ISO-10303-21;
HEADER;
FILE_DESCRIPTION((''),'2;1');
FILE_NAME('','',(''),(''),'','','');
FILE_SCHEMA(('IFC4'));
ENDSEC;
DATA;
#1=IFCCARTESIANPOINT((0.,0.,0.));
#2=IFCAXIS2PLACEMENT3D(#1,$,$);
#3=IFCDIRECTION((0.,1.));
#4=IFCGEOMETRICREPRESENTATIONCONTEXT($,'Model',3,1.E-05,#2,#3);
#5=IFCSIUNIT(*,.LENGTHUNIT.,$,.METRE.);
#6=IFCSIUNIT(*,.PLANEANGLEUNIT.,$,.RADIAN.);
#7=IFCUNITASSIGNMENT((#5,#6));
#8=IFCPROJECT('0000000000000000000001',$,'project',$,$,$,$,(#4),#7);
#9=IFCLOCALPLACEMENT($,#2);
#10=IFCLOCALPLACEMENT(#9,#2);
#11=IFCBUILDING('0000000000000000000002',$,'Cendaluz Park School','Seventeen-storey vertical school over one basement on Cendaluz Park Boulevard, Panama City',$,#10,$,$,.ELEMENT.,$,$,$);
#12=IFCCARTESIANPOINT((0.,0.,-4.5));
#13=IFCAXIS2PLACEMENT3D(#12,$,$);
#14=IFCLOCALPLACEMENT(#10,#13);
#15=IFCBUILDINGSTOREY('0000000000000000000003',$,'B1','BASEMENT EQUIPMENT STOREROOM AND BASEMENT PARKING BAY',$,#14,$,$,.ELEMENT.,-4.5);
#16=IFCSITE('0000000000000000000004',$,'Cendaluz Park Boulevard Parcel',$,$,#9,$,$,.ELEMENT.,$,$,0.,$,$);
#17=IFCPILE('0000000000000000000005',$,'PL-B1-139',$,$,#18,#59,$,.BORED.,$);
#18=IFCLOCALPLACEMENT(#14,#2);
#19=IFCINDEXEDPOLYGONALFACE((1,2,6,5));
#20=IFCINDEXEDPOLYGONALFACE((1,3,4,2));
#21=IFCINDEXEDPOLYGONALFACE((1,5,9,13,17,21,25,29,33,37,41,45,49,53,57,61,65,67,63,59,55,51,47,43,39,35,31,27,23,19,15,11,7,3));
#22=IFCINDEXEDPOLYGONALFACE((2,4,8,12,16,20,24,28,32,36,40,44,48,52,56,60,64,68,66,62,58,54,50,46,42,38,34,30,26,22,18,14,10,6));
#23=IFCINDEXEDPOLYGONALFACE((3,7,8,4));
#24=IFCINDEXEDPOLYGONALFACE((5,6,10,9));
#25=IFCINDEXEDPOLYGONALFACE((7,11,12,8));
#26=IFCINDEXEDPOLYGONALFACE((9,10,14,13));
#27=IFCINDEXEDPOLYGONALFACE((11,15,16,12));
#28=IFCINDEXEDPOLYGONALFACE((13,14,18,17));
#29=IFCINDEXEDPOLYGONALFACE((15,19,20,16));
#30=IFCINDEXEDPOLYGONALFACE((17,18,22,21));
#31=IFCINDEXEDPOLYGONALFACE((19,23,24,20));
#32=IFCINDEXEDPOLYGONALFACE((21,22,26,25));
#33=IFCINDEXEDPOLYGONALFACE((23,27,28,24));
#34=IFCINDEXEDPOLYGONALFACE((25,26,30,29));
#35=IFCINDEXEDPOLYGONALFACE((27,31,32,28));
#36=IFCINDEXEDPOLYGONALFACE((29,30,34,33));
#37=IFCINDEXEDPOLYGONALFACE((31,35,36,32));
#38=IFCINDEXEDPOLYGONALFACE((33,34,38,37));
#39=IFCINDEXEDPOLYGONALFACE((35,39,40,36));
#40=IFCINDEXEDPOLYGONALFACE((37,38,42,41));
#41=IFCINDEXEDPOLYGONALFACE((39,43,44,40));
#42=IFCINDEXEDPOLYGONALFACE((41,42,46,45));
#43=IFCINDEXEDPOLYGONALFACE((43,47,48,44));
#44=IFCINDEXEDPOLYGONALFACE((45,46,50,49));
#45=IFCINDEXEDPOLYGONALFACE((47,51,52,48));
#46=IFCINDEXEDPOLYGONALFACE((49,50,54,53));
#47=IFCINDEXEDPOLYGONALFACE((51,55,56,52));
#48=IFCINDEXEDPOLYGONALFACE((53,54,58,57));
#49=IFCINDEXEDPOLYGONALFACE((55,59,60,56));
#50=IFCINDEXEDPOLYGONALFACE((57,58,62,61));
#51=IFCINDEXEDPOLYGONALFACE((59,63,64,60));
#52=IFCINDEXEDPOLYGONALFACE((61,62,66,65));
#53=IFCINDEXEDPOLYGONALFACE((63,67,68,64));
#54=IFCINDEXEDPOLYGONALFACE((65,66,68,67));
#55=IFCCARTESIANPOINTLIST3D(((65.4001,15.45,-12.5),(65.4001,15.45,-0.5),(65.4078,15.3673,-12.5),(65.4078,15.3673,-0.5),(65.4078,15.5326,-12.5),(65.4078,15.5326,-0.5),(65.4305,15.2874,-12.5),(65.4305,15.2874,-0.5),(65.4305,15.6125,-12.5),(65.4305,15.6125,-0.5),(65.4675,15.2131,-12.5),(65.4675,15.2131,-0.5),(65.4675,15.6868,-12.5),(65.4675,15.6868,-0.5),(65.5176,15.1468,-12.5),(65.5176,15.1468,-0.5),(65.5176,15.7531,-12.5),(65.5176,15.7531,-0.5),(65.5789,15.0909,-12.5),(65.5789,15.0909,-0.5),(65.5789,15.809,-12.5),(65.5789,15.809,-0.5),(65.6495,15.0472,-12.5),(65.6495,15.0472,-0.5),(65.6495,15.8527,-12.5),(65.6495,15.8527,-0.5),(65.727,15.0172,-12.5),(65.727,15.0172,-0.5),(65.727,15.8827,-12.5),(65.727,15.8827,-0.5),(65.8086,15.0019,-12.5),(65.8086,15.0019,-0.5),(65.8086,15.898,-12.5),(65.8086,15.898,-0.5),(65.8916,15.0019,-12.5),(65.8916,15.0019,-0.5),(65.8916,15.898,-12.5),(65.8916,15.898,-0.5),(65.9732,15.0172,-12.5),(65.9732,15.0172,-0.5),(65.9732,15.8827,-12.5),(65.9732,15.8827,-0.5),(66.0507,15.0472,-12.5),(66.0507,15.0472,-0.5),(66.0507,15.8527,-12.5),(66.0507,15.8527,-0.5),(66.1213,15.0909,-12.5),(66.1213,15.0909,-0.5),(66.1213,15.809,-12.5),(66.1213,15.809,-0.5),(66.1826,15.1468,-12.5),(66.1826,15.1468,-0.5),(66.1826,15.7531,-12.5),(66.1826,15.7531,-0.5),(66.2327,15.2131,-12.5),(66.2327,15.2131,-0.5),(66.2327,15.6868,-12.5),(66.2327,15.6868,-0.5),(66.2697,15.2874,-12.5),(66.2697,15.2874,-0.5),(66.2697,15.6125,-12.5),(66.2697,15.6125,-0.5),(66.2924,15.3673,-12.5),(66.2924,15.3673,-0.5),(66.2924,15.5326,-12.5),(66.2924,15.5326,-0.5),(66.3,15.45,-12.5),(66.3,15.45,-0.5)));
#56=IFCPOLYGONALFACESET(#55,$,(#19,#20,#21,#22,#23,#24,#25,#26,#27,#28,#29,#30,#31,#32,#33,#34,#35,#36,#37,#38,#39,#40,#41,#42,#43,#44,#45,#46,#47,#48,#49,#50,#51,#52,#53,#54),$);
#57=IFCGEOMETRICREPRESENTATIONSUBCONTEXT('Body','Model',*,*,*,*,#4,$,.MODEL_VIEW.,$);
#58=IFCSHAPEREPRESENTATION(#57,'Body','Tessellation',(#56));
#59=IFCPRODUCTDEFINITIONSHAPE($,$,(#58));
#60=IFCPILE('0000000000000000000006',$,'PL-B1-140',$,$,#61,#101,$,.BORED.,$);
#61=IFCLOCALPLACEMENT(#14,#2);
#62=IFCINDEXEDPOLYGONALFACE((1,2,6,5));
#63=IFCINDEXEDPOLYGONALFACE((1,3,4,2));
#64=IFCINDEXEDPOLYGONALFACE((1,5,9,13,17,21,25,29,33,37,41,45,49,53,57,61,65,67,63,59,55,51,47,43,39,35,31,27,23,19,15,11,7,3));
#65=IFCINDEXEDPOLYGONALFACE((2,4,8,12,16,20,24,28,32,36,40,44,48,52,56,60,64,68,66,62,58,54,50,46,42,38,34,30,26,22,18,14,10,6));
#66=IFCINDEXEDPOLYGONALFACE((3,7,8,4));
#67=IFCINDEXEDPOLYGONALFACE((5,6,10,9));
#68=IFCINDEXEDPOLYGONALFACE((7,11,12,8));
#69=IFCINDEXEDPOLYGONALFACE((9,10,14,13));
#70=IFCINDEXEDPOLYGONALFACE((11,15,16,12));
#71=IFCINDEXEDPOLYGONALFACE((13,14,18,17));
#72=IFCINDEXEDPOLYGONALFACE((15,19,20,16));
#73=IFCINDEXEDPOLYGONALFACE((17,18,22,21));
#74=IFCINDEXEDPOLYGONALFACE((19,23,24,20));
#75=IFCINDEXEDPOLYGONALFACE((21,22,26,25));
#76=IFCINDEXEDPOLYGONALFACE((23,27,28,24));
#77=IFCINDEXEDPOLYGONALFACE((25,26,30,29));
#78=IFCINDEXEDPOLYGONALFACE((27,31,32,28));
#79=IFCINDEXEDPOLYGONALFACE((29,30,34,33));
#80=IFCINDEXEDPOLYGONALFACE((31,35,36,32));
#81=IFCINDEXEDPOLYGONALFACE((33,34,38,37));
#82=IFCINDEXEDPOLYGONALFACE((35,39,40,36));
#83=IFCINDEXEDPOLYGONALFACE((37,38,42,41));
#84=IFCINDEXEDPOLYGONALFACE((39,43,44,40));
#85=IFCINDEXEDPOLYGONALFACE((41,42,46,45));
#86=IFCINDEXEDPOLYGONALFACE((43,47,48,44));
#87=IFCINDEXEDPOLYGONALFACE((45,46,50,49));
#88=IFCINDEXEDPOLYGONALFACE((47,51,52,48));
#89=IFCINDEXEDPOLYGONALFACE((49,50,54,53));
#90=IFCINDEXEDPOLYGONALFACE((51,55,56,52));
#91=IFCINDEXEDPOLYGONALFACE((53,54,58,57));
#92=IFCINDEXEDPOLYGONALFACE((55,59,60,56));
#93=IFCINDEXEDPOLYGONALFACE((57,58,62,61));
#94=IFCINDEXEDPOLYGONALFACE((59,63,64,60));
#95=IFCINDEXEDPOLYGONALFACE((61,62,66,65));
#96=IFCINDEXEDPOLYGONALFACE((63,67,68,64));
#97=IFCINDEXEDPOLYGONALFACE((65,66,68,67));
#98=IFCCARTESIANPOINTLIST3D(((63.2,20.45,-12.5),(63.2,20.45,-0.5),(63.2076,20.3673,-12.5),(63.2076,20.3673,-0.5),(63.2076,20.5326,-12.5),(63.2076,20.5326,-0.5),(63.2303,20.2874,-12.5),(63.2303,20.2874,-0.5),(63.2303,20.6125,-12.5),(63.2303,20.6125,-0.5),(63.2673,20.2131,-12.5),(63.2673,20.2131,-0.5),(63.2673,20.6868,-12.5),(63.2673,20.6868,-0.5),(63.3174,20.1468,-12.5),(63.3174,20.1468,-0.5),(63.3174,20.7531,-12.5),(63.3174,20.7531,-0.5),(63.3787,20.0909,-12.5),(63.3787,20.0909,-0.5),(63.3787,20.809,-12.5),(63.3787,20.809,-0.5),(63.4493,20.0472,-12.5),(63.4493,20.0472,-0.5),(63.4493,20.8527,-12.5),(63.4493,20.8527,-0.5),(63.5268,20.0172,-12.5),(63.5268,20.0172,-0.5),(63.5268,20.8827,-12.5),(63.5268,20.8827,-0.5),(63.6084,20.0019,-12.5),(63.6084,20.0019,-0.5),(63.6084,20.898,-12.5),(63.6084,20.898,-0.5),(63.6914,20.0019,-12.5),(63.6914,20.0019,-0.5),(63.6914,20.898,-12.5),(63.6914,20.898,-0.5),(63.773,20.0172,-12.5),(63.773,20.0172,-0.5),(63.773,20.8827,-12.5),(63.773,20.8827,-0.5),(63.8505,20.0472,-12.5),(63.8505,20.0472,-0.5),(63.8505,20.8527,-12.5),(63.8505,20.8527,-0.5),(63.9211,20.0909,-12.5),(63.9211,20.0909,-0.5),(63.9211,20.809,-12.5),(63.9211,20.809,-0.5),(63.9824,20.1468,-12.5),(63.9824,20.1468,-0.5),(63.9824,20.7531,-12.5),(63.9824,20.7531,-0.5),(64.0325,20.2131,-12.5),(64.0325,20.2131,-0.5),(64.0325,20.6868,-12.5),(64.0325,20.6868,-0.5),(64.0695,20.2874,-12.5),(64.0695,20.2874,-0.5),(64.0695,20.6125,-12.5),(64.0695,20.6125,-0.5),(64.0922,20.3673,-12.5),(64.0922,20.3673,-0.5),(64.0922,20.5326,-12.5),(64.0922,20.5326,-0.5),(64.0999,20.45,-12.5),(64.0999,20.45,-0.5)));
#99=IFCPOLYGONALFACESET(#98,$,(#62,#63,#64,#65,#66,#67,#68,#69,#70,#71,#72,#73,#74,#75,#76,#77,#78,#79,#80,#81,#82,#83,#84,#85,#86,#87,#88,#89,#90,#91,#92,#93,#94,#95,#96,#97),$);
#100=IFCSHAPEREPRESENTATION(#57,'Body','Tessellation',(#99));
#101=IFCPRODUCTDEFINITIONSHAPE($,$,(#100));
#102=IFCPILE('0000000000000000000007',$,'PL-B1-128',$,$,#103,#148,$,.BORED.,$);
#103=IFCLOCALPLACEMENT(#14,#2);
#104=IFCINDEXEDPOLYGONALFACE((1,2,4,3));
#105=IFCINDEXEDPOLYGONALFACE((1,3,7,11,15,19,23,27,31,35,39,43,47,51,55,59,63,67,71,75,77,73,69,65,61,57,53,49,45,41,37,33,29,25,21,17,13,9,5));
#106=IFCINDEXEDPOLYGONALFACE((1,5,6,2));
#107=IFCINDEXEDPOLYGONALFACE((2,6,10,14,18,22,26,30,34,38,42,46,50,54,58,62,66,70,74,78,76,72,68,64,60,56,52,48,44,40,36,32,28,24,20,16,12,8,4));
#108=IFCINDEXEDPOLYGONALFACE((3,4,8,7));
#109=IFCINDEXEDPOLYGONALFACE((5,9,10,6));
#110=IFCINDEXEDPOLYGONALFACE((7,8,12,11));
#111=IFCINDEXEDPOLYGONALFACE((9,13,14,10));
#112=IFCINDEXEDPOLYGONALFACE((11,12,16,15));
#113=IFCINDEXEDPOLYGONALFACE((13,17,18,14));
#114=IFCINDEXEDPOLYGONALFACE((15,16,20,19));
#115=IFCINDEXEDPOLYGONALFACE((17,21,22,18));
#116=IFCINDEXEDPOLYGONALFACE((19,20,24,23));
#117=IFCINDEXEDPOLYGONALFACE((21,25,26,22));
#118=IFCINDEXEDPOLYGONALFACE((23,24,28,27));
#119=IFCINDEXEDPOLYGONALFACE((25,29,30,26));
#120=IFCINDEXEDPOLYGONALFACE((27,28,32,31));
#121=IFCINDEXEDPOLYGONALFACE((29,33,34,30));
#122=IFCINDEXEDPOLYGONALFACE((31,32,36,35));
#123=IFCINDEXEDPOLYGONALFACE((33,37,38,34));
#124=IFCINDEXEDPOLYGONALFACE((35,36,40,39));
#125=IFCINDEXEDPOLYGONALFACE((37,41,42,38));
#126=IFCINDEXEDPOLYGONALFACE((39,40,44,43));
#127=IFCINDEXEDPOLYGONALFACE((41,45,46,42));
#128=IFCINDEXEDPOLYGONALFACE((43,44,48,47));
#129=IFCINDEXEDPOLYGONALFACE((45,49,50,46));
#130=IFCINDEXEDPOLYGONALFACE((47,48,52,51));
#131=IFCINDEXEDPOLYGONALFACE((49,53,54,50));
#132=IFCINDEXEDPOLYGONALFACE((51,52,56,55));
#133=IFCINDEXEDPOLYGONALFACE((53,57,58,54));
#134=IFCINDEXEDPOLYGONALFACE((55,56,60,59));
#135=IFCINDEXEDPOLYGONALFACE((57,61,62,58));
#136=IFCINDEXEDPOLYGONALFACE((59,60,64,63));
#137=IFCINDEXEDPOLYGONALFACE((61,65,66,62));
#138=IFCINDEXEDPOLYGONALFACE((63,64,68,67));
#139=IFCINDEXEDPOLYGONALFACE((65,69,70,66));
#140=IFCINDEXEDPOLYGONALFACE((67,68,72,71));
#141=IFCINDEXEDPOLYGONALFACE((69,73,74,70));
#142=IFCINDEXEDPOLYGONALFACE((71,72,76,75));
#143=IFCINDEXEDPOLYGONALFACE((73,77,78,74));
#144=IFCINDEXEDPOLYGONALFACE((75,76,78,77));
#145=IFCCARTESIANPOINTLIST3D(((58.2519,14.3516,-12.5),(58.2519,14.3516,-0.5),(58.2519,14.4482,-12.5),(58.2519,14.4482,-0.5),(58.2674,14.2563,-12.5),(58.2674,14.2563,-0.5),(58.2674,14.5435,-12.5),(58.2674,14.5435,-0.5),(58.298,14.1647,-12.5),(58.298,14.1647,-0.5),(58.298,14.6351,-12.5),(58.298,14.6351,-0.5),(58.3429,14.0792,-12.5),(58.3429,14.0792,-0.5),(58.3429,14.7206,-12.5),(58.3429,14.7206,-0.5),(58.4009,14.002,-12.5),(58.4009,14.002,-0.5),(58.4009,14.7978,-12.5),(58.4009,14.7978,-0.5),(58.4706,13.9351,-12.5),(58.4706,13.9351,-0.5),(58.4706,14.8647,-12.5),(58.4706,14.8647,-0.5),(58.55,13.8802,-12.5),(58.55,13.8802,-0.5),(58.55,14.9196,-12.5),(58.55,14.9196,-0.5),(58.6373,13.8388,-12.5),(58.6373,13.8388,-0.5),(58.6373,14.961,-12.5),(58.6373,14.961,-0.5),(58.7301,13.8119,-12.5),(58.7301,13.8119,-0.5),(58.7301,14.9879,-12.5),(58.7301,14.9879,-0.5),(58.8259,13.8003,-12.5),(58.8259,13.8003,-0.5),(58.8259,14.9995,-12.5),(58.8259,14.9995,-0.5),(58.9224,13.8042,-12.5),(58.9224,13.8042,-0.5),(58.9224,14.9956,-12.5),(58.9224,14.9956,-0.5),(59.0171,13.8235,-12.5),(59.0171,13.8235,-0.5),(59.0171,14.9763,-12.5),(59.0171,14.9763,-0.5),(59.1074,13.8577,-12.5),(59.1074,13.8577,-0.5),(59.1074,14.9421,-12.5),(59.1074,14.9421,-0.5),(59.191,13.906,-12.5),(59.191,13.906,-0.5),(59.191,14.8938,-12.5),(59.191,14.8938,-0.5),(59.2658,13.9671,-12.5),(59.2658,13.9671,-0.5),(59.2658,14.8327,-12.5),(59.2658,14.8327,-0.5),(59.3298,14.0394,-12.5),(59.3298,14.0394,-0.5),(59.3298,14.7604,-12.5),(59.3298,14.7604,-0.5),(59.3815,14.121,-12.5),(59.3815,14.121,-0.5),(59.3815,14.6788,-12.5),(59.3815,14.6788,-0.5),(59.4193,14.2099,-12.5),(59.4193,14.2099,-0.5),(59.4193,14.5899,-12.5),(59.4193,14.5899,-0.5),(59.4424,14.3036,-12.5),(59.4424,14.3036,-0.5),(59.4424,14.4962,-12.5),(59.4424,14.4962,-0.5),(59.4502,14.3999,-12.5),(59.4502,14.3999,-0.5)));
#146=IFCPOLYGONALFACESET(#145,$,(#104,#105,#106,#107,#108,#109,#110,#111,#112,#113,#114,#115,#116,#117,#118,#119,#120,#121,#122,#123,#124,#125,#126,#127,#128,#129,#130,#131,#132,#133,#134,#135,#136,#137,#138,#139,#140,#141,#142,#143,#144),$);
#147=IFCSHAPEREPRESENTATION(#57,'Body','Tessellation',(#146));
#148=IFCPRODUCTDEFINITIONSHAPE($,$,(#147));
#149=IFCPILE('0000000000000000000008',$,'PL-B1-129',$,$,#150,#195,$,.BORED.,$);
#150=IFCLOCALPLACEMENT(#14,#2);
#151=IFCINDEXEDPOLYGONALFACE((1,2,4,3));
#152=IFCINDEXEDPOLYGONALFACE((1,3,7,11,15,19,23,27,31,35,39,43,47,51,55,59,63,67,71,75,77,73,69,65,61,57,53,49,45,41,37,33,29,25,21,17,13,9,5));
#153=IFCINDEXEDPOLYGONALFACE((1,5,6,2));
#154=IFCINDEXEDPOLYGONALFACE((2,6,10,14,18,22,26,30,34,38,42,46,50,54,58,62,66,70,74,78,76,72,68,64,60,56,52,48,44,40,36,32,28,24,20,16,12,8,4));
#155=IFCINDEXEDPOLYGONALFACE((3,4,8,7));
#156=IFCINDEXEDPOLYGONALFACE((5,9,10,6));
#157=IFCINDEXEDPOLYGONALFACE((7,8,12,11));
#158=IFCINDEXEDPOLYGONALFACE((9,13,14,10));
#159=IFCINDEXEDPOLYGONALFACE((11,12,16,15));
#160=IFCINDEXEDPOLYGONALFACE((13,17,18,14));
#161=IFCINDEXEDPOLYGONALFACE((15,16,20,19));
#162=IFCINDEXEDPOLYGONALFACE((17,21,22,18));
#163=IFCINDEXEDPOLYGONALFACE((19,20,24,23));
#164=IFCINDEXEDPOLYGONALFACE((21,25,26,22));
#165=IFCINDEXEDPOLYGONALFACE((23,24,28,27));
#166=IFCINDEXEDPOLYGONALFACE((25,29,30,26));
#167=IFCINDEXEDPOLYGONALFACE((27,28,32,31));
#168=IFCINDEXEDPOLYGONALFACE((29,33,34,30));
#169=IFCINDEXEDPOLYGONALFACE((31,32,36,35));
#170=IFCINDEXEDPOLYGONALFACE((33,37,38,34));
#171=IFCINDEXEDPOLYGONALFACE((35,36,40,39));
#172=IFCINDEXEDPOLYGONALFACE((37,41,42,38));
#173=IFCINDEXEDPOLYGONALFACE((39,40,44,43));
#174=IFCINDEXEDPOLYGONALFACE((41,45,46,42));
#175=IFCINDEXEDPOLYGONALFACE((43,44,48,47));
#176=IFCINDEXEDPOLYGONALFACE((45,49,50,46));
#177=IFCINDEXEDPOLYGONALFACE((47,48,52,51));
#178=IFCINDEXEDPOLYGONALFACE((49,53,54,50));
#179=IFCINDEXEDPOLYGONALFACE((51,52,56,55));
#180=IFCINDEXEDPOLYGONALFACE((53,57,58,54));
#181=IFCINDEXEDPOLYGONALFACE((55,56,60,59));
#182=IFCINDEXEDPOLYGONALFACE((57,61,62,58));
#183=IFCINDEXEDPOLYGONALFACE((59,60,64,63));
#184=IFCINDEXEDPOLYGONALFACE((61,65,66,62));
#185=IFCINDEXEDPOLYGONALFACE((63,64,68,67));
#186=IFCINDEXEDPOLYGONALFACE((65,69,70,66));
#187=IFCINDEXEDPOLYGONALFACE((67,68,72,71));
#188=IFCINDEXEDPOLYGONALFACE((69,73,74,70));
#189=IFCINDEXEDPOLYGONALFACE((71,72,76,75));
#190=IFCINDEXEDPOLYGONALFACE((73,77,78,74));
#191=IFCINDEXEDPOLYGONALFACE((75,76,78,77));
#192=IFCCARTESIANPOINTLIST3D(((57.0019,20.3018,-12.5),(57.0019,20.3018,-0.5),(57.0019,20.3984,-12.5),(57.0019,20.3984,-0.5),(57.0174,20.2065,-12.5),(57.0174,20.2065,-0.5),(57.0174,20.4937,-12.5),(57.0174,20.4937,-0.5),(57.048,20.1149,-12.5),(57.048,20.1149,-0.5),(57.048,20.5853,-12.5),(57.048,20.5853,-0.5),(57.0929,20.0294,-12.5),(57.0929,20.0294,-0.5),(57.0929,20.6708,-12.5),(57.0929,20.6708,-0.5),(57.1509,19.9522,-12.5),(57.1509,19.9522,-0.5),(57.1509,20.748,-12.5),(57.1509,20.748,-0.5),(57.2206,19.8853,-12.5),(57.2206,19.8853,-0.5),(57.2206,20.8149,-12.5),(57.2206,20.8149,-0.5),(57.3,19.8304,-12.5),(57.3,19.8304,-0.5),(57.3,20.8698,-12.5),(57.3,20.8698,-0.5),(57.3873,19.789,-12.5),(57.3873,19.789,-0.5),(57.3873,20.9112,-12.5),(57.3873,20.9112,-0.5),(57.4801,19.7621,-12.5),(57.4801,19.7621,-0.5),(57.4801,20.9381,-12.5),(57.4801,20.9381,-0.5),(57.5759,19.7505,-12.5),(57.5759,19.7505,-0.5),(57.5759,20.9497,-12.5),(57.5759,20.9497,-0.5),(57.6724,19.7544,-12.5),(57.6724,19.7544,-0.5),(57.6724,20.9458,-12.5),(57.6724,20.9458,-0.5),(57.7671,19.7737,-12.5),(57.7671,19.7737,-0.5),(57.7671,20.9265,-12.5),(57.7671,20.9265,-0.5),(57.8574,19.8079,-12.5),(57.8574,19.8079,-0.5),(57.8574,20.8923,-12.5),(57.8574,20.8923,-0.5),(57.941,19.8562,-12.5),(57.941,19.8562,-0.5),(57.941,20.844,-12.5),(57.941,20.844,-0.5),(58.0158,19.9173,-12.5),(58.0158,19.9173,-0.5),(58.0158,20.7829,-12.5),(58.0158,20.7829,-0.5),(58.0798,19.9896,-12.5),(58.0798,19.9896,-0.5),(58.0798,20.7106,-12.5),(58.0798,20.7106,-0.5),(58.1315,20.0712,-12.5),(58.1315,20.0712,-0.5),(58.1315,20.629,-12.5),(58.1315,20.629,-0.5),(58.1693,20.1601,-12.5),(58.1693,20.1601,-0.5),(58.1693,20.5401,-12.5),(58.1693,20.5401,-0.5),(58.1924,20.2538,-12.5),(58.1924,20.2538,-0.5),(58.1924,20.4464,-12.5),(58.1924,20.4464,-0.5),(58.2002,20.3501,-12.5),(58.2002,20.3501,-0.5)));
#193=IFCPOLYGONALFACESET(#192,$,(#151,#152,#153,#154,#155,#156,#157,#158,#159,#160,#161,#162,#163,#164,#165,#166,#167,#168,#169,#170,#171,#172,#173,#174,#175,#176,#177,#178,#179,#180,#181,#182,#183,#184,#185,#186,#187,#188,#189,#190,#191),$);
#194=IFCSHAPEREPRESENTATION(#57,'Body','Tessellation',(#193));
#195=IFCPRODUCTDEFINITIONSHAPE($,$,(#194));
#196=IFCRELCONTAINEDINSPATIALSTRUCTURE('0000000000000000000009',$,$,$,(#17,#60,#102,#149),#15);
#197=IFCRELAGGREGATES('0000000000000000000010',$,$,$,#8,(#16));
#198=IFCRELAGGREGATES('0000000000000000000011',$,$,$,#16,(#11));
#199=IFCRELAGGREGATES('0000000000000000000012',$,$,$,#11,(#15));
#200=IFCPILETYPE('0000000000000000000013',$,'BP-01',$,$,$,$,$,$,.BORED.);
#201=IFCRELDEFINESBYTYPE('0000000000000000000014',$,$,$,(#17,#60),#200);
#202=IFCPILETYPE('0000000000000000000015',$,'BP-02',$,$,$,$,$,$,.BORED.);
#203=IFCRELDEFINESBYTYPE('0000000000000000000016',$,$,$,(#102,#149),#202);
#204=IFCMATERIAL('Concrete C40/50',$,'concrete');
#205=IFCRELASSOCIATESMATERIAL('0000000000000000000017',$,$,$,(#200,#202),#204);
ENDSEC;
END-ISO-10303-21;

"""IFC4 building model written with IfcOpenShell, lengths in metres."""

from ifc_helpers import new_model, si_unit, direction, frame, origin, origin_2d, place, context, subcontext, project, spatial, circle, extrude, material, material_profile, profile_set, type_object, element, save


model = new_model("IFC4")

# Units and contexts
model_context = context("Model", 3, precision=1e-05, world=origin(), true_north=direction((0.0, 1.0)))
body_context = subcontext(model_context, "Body", "Model", "MODEL_VIEW")
ifc_project = project(units=[si_unit("LENGTHUNIT", "METRE"), si_unit("PLANEANGLEUNIT", "RADIAN")], contexts=[model_context])

# Site, building, storey
site_placement = place(None, origin())
site = spatial("IfcSite", under=ifc_project, at=site_placement, Name="Cendaluz Park Boulevard Parcel", CompositionType="ELEMENT", RefElevation=0.0)
building_placement = place(site_placement, origin())
building = spatial("IfcBuilding", under=site, at=building_placement, Name="Cendaluz Park School", Description="Seventeen-storey vertical school over one basement on Cendaluz Park Boulevard, Panama City", CompositionType="ELEMENT")
storey_placement = place(building_placement, frame((0.0, 0.0, -4.5)))
storey = spatial("IfcBuildingStorey", under=building, at=storey_placement, Name="B1", Description="BASEMENT EQUIPMENT STOREROOM AND BASEMENT PARKING BAY", CompositionType="ELEMENT", Elevation=-4.5)

# Piles
ifc_material_1 = material(Name="Concrete C40/50", Category="concrete")
ifc_material_profile_1 = material_profile(ifc_material_1, circle(Radius=0.45, at=origin_2d()), Name="BP D900", Category="concrete")
ifc_profile_set_1 = profile_set([ifc_material_profile_1], Name="Concrete C40/50")
pile_type_1 = type_object("IfcPileType", Name="BP-01", PredefinedType="BORED", material=ifc_profile_set_1)
for number, where, z_axis, x_axis, name in (
    (1, (65.8501, 15.45, -0.5), (0.0, 0.0, -1.0), (1.0, 0.0, 0.0), "PL-B1-139"),
    (2, (63.6499, 20.45, -0.5), (0.0, 0.0, -1.0), (1.0, 0.0, 0.0), "PL-B1-140"),
):
    element("IfcPile", number, at=place(storey_placement, frame(where, z_axis=z_axis, x_axis=x_axis)), inside=storey, type_object=pile_type_1, Name=name, PredefinedType="BORED", context=body_context, shape_type="SweptSolid", body=[
        extrude(circle(Radius=0.45, at=origin_2d()), origin(), (0.0, 0.0, 1.0), 12.0),
    ])
ifc_material_profile_2 = material_profile(ifc_material_1, circle(Radius=0.6001, at=origin_2d()), Name="BP D1200", Category="concrete")
ifc_profile_set_2 = profile_set([ifc_material_profile_2], Name="Concrete C40/50")
pile_type_2 = type_object("IfcPileType", Name="BP-02", PredefinedType="BORED", material=ifc_profile_set_2)
for number, where, z_axis, x_axis, name in (
    (3, (58.8501, 14.3999, -0.5), (0.0, 0.0, -1.0), (1.0, 0.0, 0.0), "PL-B1-128"),
    (4, (57.6001, 20.3501, -0.5), (0.0, 0.0, -1.0), (1.0, 0.0, 0.0), "PL-B1-129"),
):
    element("IfcPile", number, at=place(storey_placement, frame(where, z_axis=z_axis, x_axis=x_axis)), inside=storey, type_object=pile_type_2, Name=name, PredefinedType="BORED", context=body_context, shape_type="SweptSolid", body=[
        extrude(circle(Radius=0.6001, at=origin_2d()), origin(), (0.0, 0.0, 1.0), 12.0),
    ])

save(model, "model.ifc")
